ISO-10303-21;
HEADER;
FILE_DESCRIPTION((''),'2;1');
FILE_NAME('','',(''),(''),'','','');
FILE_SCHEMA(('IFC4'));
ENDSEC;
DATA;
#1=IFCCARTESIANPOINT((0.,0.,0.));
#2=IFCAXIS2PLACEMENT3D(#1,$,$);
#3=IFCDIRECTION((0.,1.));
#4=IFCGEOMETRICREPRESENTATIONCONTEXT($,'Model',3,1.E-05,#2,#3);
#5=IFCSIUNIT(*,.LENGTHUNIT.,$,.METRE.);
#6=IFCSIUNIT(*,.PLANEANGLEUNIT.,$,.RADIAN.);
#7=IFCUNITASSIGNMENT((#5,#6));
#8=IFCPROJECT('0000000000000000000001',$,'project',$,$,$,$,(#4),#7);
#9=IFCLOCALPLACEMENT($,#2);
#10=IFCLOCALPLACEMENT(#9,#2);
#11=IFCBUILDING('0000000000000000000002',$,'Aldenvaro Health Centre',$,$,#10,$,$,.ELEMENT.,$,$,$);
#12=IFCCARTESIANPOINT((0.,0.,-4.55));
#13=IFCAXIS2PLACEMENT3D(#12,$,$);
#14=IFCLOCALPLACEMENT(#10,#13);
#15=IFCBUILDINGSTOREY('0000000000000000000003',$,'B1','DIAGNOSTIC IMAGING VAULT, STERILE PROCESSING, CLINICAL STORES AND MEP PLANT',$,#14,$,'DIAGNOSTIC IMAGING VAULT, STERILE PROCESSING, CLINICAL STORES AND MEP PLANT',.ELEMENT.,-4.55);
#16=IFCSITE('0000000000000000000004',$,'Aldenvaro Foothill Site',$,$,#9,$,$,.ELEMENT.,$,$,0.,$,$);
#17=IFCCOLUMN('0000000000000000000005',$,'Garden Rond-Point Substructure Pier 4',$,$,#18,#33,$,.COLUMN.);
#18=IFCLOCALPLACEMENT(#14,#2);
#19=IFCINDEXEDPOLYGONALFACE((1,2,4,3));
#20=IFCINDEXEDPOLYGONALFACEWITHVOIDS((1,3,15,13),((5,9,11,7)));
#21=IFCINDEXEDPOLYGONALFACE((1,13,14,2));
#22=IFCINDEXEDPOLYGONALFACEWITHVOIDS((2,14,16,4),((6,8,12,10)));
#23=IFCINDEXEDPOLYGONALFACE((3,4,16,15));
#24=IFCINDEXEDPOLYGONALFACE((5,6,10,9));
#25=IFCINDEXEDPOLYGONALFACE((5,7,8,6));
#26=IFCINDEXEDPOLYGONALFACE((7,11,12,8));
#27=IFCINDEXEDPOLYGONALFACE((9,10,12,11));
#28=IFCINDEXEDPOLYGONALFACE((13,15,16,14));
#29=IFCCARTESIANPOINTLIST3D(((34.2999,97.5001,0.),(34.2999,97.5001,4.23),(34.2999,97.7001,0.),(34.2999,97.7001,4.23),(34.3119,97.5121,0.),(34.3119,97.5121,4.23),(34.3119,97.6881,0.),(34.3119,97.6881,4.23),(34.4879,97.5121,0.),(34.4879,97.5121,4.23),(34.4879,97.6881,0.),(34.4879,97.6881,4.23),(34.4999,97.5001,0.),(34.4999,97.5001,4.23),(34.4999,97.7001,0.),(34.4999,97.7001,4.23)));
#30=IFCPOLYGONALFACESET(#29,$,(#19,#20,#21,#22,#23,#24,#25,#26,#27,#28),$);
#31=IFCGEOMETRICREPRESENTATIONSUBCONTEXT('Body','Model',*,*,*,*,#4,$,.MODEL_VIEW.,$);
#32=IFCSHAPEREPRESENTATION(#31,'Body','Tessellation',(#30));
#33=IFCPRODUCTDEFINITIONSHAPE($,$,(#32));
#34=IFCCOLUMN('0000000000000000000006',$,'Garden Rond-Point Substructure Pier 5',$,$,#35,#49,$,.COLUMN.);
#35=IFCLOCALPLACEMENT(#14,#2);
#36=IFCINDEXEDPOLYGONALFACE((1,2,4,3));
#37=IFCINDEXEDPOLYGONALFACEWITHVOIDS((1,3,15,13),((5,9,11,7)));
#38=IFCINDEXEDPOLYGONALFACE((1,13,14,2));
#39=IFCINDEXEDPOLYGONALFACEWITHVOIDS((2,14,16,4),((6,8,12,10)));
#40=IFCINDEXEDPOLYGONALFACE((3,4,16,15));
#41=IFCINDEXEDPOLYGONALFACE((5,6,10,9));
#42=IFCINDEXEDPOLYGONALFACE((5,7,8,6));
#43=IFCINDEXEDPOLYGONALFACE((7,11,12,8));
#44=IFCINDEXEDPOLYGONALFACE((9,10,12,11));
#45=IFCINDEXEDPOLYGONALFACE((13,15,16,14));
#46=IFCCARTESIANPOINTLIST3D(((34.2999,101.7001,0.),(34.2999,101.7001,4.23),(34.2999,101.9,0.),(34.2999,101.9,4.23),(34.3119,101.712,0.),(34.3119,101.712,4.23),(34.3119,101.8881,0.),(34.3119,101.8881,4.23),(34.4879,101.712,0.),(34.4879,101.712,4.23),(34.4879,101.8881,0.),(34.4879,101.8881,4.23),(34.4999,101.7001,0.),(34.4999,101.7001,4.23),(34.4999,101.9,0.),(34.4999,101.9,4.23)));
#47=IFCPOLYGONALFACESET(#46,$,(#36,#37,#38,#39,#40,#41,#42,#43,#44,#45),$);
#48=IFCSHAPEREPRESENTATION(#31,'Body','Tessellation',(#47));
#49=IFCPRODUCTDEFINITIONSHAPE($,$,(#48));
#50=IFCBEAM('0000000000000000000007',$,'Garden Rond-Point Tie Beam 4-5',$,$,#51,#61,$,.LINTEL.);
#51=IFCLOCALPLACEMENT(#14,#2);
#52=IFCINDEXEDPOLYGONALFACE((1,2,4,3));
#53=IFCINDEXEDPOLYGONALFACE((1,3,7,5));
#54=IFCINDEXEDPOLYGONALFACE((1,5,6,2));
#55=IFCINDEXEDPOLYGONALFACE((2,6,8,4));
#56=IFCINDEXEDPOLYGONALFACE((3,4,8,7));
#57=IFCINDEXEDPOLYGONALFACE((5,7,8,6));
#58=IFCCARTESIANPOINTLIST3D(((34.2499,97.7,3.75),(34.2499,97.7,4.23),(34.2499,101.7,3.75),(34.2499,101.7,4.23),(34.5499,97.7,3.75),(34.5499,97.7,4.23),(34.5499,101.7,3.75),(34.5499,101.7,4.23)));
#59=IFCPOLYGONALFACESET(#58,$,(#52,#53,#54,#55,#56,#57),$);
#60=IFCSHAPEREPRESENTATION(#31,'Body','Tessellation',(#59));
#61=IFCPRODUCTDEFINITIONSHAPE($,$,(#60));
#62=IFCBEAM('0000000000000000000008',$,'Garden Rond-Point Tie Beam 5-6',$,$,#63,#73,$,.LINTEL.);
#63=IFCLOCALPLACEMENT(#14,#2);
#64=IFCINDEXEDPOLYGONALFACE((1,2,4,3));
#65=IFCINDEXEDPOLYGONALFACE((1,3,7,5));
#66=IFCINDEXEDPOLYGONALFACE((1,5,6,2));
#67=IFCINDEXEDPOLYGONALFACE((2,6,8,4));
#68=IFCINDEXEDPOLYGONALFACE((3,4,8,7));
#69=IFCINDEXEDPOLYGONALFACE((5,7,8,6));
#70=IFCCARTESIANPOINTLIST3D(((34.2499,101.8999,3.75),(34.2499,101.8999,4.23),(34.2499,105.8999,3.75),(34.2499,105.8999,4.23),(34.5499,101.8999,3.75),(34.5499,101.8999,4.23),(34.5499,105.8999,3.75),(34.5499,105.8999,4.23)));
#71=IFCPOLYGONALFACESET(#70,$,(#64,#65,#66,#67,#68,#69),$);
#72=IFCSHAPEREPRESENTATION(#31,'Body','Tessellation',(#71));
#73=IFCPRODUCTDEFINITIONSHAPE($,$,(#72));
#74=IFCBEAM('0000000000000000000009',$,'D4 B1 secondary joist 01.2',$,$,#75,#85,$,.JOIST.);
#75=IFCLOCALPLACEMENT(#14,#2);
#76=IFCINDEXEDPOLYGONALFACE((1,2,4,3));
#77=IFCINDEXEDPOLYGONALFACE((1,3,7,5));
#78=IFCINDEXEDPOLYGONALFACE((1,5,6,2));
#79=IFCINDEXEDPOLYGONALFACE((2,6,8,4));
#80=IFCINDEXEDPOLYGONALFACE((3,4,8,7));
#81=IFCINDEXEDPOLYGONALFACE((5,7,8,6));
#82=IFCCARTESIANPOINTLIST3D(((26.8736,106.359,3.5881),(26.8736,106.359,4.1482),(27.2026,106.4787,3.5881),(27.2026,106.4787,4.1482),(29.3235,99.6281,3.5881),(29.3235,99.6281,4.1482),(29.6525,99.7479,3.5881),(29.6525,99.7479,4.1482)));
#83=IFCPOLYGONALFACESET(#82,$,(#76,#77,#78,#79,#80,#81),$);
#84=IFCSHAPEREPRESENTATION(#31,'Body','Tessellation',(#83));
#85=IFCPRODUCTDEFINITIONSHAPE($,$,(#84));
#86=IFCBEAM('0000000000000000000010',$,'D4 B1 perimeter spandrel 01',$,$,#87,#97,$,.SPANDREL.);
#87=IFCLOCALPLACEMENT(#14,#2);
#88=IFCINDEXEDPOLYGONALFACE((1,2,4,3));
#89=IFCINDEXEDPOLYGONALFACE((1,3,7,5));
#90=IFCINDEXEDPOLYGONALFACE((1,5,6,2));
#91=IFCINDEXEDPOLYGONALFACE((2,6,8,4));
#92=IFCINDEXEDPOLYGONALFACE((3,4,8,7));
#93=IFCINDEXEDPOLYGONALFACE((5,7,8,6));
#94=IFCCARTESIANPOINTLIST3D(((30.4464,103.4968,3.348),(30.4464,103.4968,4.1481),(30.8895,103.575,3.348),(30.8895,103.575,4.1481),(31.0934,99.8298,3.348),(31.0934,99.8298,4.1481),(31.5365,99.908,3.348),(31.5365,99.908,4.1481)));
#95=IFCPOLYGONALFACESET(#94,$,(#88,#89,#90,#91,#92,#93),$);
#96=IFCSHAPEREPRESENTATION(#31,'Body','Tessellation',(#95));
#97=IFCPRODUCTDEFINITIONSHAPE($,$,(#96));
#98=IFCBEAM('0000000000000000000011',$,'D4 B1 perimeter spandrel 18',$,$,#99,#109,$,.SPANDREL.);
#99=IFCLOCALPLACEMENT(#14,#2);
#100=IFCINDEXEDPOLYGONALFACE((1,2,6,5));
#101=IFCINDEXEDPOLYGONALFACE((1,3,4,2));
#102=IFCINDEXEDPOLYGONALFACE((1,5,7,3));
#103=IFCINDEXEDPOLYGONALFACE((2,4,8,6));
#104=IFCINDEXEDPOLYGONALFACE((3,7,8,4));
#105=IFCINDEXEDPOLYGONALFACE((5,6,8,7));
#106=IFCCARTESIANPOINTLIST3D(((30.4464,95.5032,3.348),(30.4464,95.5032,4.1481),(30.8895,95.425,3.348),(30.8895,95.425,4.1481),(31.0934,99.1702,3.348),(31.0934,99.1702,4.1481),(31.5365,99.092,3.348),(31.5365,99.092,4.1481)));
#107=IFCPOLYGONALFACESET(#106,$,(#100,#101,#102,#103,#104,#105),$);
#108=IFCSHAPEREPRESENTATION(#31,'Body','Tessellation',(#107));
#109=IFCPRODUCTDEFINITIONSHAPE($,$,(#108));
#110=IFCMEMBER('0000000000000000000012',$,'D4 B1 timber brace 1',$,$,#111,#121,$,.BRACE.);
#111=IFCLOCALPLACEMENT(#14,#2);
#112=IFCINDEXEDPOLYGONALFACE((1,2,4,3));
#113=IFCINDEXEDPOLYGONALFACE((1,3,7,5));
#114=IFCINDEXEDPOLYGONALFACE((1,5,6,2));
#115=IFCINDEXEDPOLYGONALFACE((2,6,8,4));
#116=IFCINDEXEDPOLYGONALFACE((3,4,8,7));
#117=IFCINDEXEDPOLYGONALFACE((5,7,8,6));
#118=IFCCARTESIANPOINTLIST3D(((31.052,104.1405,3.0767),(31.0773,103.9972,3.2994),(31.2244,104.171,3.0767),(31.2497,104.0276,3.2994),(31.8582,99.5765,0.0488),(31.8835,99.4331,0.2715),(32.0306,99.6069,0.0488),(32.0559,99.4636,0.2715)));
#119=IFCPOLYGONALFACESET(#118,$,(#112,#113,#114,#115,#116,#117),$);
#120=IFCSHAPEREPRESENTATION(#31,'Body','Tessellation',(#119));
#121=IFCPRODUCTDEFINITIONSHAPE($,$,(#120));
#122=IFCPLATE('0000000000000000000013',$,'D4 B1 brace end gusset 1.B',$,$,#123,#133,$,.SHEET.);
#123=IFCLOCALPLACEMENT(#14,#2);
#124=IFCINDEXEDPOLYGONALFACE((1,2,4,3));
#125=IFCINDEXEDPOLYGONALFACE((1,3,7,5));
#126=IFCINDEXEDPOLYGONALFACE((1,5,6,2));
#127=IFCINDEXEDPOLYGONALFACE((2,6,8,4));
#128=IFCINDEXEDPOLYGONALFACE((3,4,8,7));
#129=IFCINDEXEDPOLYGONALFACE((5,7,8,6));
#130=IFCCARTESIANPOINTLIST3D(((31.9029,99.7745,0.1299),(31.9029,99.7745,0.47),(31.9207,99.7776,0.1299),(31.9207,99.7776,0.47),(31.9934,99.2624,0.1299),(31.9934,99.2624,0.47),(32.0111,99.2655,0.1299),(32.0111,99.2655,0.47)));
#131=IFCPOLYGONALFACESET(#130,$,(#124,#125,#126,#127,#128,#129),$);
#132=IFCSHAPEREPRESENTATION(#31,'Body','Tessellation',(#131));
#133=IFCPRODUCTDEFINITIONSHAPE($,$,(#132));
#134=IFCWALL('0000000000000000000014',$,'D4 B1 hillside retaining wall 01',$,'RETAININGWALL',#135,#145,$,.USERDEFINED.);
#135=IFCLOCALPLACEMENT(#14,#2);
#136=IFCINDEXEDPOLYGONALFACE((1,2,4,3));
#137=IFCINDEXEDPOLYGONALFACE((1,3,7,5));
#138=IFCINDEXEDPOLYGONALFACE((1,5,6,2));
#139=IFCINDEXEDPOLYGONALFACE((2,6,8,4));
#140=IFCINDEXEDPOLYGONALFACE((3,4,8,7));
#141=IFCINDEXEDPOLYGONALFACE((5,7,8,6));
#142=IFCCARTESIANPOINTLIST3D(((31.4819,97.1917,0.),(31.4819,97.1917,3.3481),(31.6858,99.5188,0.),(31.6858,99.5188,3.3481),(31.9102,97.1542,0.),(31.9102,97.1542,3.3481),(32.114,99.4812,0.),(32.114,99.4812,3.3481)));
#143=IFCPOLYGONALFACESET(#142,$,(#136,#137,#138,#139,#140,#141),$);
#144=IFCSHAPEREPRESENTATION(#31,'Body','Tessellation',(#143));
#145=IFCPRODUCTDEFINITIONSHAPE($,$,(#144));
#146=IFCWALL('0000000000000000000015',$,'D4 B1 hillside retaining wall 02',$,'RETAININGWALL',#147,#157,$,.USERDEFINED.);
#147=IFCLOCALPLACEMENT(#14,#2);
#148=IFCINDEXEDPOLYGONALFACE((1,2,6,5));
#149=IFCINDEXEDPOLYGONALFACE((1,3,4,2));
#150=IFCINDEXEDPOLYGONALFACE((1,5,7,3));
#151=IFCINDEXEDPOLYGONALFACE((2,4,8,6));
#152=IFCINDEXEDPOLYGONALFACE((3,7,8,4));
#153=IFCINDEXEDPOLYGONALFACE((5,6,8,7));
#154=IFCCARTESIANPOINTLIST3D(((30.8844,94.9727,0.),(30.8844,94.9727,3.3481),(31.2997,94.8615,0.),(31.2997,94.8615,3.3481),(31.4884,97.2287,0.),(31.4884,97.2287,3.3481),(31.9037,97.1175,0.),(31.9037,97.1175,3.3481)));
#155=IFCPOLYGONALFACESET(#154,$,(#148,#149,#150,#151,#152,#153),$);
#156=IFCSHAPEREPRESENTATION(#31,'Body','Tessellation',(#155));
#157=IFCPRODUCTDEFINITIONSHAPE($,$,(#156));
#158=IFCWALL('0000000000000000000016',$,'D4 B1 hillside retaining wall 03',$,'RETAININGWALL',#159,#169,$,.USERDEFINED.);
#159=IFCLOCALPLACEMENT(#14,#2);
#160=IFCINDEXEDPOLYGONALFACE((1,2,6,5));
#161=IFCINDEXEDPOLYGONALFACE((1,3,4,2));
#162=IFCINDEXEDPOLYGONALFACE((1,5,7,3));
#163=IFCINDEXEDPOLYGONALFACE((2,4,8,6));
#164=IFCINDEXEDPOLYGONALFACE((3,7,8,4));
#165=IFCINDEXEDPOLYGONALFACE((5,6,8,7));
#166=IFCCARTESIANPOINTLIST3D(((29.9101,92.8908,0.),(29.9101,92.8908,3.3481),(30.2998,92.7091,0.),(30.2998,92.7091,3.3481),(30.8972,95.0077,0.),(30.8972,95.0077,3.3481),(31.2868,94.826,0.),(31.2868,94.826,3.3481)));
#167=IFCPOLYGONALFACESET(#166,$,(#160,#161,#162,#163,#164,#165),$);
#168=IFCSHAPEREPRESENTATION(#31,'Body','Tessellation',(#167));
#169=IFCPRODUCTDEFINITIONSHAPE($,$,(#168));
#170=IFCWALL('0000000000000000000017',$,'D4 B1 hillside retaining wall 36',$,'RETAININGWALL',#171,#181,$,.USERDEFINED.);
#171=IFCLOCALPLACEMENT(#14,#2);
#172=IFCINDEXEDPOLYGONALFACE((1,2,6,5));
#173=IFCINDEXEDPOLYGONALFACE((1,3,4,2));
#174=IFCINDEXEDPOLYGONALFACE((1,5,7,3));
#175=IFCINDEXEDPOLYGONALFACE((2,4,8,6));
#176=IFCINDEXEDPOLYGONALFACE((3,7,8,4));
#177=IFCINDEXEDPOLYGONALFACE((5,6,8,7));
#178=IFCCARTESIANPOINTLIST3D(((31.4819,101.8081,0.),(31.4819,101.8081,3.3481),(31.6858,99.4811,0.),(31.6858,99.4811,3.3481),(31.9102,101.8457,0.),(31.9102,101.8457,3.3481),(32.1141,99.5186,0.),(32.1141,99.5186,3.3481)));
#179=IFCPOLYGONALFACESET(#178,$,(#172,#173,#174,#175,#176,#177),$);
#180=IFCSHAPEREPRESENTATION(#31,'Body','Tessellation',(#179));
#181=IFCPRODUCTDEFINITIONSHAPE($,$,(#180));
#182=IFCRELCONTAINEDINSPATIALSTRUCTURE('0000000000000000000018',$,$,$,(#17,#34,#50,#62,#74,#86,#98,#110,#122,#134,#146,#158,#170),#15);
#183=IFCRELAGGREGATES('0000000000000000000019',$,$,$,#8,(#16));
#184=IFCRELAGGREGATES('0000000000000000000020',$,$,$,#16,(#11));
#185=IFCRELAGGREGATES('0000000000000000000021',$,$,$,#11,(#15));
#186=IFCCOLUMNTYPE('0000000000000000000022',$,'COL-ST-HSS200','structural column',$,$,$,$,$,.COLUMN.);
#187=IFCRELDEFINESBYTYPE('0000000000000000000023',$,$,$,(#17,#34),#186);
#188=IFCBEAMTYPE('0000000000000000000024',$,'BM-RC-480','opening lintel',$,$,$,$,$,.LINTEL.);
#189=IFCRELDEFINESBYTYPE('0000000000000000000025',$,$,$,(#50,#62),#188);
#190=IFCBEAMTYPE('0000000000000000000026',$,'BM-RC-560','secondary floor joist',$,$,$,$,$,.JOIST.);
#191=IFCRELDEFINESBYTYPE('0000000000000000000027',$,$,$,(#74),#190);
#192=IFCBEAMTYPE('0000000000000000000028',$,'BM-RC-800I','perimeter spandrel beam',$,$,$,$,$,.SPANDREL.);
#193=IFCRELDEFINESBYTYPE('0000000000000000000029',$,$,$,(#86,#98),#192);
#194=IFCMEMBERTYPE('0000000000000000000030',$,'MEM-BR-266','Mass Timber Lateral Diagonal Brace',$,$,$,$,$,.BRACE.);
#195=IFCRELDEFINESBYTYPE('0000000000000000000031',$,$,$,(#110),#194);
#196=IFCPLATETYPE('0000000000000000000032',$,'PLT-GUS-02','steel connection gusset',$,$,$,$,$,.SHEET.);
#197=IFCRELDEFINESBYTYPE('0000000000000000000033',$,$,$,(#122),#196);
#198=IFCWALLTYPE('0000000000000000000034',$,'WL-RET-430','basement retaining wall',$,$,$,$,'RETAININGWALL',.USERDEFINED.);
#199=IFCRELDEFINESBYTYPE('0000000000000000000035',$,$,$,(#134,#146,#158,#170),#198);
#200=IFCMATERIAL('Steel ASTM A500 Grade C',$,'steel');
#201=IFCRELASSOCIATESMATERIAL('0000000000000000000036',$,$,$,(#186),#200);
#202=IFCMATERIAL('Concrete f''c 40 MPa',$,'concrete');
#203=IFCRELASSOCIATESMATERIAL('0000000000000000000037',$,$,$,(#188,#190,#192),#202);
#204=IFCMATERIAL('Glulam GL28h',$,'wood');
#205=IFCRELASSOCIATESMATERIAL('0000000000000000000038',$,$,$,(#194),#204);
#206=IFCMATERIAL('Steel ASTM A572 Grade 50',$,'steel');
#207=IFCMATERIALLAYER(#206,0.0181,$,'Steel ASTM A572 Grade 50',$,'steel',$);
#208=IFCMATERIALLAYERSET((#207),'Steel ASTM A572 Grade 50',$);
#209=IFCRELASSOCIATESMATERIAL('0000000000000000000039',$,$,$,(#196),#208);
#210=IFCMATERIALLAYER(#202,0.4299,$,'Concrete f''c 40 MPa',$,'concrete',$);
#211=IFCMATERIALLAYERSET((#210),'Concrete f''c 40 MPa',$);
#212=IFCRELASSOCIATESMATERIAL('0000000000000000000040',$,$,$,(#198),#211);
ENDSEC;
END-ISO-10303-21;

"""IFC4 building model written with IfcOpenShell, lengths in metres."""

from ifc_helpers import new_model, si_unit, direction, frame, frame_2d, origin, origin_2d, place, context, subcontext, project, spatial, rectangle, hollow_rectangle, extrude, material, layer, layer_set, material_profile, profile_set, type_object, element, save


model = new_model("IFC4")

# Units and contexts
model_context = context("Model", 3, precision=1e-05, world=origin(), true_north=direction((0.0, 1.0)))
body_context = subcontext(model_context, "Body", "Model", "MODEL_VIEW")
ifc_project = project(units=[si_unit("LENGTHUNIT", "METRE"), si_unit("PLANEANGLEUNIT", "RADIAN")], contexts=[model_context])

# Site, building, storey
site_placement = place(None, origin())
site = spatial("IfcSite", under=ifc_project, at=site_placement, Name="Aldenvaro Foothill Site", CompositionType="ELEMENT", RefElevation=0.0)
building_placement = place(site_placement, origin())
building = spatial("IfcBuilding", under=site, at=building_placement, Name="Aldenvaro Health Centre", CompositionType="ELEMENT")
storey_placement = place(building_placement, frame((0.0, 0.0, -4.55)))
storey = spatial("IfcBuildingStorey", under=building, at=storey_placement, Name="B1", Description="DIAGNOSTIC IMAGING VAULT, STERILE PROCESSING, CLINICAL STORES AND MEP PLANT", LongName="DIAGNOSTIC IMAGING VAULT, STERILE PROCESSING, CLINICAL STORES AND MEP PLANT", CompositionType="ELEMENT", Elevation=-4.55)

# Shared definitions
ifc_material_1 = material(Name="Concrete f'c 40 MPa", Category="concrete")

# Columns
ifc_material_2 = material(Name="Steel ASTM A500 Grade C", Category="steel")
ifc_material_profile_1 = material_profile(ifc_material_2, hollow_rectangle(XDim=0.2, YDim=0.2, WallThickness=0.012, at=origin_2d()), Name="HSS200X200X12", Category="steel")
ifc_profile_set_1 = profile_set([ifc_material_profile_1], Name="Steel ASTM A500 Grade C")
column_type_1 = type_object("IfcColumnType", Name="COL-ST-HSS200", Description="structural column", PredefinedType="COLUMN", material=ifc_profile_set_1)
for number, where, z_axis, x_axis, name in (
    (1, (34.3999, 97.6001, 0.0), (0.0, 0.0, 1.0), (1.0, 0.0, 0.0), "Garden Rond-Point Substructure Pier 4"),
    (2, (34.3999, 101.8, 0.0), (0.0, 0.0, 1.0), (1.0, 0.0, 0.0), "Garden Rond-Point Substructure Pier 5"),
):
    element("IfcColumn", number, at=place(storey_placement, frame(where, z_axis=z_axis, x_axis=x_axis)), inside=storey, type_object=column_type_1, Name=name, PredefinedType="COLUMN", context=body_context, shape_type="SweptSolid", body=[
        extrude(hollow_rectangle(XDim=0.2, YDim=0.2, WallThickness=0.012, at=origin_2d()), origin(), (0.0, 0.0, 1.0), 4.23),
    ])

# Beams
ifc_material_profile_2 = material_profile(ifc_material_1, rectangle(XDim=0.3, YDim=0.48, at=origin_2d()), Name="RC 300x480", Category="concrete")
ifc_profile_set_2 = profile_set([ifc_material_profile_2], Name="Concrete f'c 40 MPa")
beam_type_1 = type_object("IfcBeamType", Name="BM-RC-480", Description="opening lintel", PredefinedType="LINTEL", material=ifc_profile_set_2)
for number, where, z_axis, x_axis, name in (
    (3, (34.3999, 97.7, 3.99), (0.0, 1.0, 0.0), (-1.0, 0.0, 0.0), "Garden Rond-Point Tie Beam 4-5"),
    (4, (34.3999, 101.8999, 3.99), (0.0, 1.0, 0.0), (-1.0, 0.0, 0.0), "Garden Rond-Point Tie Beam 5-6"),
):
    element("IfcBeam", number, at=place(storey_placement, frame(where, z_axis=z_axis, x_axis=x_axis)), inside=storey, type_object=beam_type_1, Name=name, PredefinedType="LINTEL", context=body_context, shape_type="SweptSolid", body=[
        extrude(rectangle(XDim=0.3, YDim=0.48, at=origin_2d()), origin(), (0.0, 0.0, 1.0), 4.0),
    ])
ifc_material_profile_3 = material_profile(ifc_material_1, rectangle(XDim=0.3501, YDim=0.5601, at=origin_2d()), Name="RC 350x560", Category="concrete")
ifc_profile_set_3 = profile_set([ifc_material_profile_3], Name="Concrete f'c 40 MPa")
beam_type_2 = type_object("IfcBeamType", Name="BM-RC-560", Description="secondary floor joist", PredefinedType="JOIST", material=ifc_profile_set_3)
beam_placement = place(storey_placement, frame((29.488, 99.688, 3.8682), z_axis=(-0.34203, 0.939689, 0.0), x_axis=(-0.939689, -0.34203, 0.0)))
element("IfcBeam", 5, at=beam_placement, inside=storey, type_object=beam_type_2, Name="D4 B1 secondary joist 01.2", PredefinedType="JOIST", context=body_context, shape_type="SweptSolid", body=[
    extrude(rectangle(XDim=0.3501, YDim=0.5601, at=origin_2d()), origin(), (0.0, 0.0, 1.0), 7.1628),
])
ifc_material_profile_4 = material_profile(ifc_material_1, rectangle(XDim=0.45, YDim=0.8, at=origin_2d()), Name="RC 450x800", Category="concrete")
ifc_profile_set_4 = profile_set([ifc_material_profile_4], Name="Concrete f'c 40 MPa")
beam_type_3 = type_object("IfcBeamType", Name="BM-RC-800I", Description="perimeter spandrel beam", PredefinedType="SPANDREL", material=ifc_profile_set_4)
for number, where, z_axis, x_axis, name in (
    (6, (31.3149, 99.8689, 3.748), (-0.173748, 0.98479, 0.0), (-0.98479, -0.173748, 0.0), "D4 B1 perimeter spandrel 01"),
    (7, (30.668, 95.4641, 3.748), (0.173748, 0.98479, 0.0), (-0.98479, 0.173748, 0.0), "D4 B1 perimeter spandrel 18"),
):
    element("IfcBeam", number, at=place(storey_placement, frame(where, z_axis=z_axis, x_axis=x_axis)), inside=storey, type_object=beam_type_3, Name=name, PredefinedType="SPANDREL", context=body_context, shape_type="SweptSolid", body=[
        extrude(rectangle(XDim=0.45, YDim=0.8, at=origin_2d()), origin(), (0.0, 0.0, 1.0), 3.7236),
    ])

# Member
ifc_material_3 = material(Name="Glulam GL28h", Category="wood")
ifc_material_profile_5 = material_profile(ifc_material_3, rectangle(XDim=0.175, YDim=0.2661, at=origin_2d()), Name="GL 175x266", Category="wood")
ifc_profile_set_5 = profile_set([ifc_material_profile_5], Name="Glulam GL28h")
member_type = type_object("IfcMemberType", Name="MEM-BR-266", Description="Mass Timber Lateral Diagonal Brace", PredefinedType="BRACE", material=ifc_profile_set_5)
member_placement = place(storey_placement, frame((31.957, 99.52, 0.1602), z_axis=(-0.14562, 0.824414, 0.546934), x_axis=(-0.984756, -0.173942, 0.0)))
element("IfcMember", 8, at=member_placement, inside=storey, type_object=member_type, Name="D4 B1 timber brace 1", PredefinedType="BRACE", context=body_context, shape_type="SweptSolid", body=[
    extrude(rectangle(XDim=0.175, YDim=0.2661, at=origin_2d()), origin(), (0.0, 0.0, 1.0), 5.5361),
])

# Plate
ifc_material_4 = material(Name="Steel ASTM A572 Grade 50", Category="steel")
ifc_layer_1 = layer(ifc_material_4, 0.0181, Name="Steel ASTM A572 Grade 50", Category="steel")
ifc_layer_set_1 = layer_set([ifc_layer_1], Name="Steel ASTM A572 Grade 50")
plate_type = type_object("IfcPlateType", Name="PLT-GUS-02", Description="steel connection gusset", PredefinedType="SHEET", material=ifc_layer_set_1)
plate_placement = place(storey_placement, frame((31.957, 99.52, 0.1299), z_axis=(0.0, 0.0, 1.0), x_axis=(-0.173906, 0.984762, 0.0)))
element("IfcPlate", 9, at=plate_placement, inside=storey, type_object=plate_type, Name="D4 B1 brace end gusset 1.B", PredefinedType="SHEET", context=body_context, shape_type="SweptSolid", body=[
    extrude(rectangle(XDim=0.52, YDim=0.0181, at=origin_2d()), origin(), (0.0, 0.0, 1.0), 0.3401),
])

# Walls
ifc_layer_2 = layer(ifc_material_1, 0.4299, Name="Concrete f'c 40 MPa", Category="concrete")
ifc_layer_set_2 = layer_set([ifc_layer_2], Name="Concrete f'c 40 MPa")
wall_type = type_object("IfcWallType", Name="WL-RET-430", Description="basement retaining wall", ElementType="RETAININGWALL", PredefinedType="USERDEFINED", material=ifc_layer_set_2)
wall_1_placement = place(storey_placement, frame((31.8999, 99.5, 0.0), z_axis=(0.0, 0.0, 1.0), x_axis=(-0.087275, -0.996184, 0.0)))
element("IfcWall", 10, at=wall_1_placement, inside=storey, type_object=wall_type, Name="D4 B1 hillside retaining wall 01", ObjectType="RETAININGWALL", PredefinedType="USERDEFINED", context=body_context, shape_type="SweptSolid", body=[
    extrude(rectangle(XDim=2.3359, YDim=0.4299, at=frame_2d((1.168, 0.0))), origin(), (0.0, 0.0, 1.0), 3.3481),
])
wall_2_placement = place(storey_placement, frame((31.696, 97.1731, 0.0), z_axis=(0.0, 0.0, 1.0), x_axis=(-0.258612, -0.965981, 0.0)))
element("IfcWall", 11, at=wall_2_placement, inside=storey, type_object=wall_type, Name="D4 B1 hillside retaining wall 02", ObjectType="RETAININGWALL", PredefinedType="USERDEFINED", context=body_context, shape_type="SweptSolid", body=[
    extrude(rectangle(XDim=2.3354, YDim=0.4299, at=frame_2d((1.1677, 0.0))), origin(), (0.0, 0.0, 1.0), 3.3481),
])
wall_3_placement = place(storey_placement, frame((31.092, 94.917, 0.0), z_axis=(0.0, 0.0, 1.0), x_axis=(-0.422588, -0.906322, 0.0)))
element("IfcWall", 12, at=wall_3_placement, inside=storey, type_object=wall_type, Name="D4 B1 hillside retaining wall 03", ObjectType="RETAININGWALL", PredefinedType="USERDEFINED", context=body_context, shape_type="SweptSolid", body=[
    extrude(rectangle(XDim=2.3357, YDim=0.4299, at=frame_2d((1.168, 0.0))), origin(), (0.0, 0.0, 1.0), 3.3481),
])
wall_4_placement = place(storey_placement, frame((31.696, 101.8269, 0.0), z_axis=(0.0, 0.0, 1.0), x_axis=(0.087275, -0.996184, 0.0)))
element("IfcWall", 13, at=wall_4_placement, inside=storey, type_object=wall_type, Name="D4 B1 hillside retaining wall 36", ObjectType="RETAININGWALL", PredefinedType="USERDEFINED", context=body_context, shape_type="SweptSolid", body=[
    extrude(rectangle(XDim=2.3359, YDim=0.4299, at=frame_2d((1.168, 0.0))), origin(), (0.0, 0.0, 1.0), 3.3481),
])

save(model, "model.ifc")
